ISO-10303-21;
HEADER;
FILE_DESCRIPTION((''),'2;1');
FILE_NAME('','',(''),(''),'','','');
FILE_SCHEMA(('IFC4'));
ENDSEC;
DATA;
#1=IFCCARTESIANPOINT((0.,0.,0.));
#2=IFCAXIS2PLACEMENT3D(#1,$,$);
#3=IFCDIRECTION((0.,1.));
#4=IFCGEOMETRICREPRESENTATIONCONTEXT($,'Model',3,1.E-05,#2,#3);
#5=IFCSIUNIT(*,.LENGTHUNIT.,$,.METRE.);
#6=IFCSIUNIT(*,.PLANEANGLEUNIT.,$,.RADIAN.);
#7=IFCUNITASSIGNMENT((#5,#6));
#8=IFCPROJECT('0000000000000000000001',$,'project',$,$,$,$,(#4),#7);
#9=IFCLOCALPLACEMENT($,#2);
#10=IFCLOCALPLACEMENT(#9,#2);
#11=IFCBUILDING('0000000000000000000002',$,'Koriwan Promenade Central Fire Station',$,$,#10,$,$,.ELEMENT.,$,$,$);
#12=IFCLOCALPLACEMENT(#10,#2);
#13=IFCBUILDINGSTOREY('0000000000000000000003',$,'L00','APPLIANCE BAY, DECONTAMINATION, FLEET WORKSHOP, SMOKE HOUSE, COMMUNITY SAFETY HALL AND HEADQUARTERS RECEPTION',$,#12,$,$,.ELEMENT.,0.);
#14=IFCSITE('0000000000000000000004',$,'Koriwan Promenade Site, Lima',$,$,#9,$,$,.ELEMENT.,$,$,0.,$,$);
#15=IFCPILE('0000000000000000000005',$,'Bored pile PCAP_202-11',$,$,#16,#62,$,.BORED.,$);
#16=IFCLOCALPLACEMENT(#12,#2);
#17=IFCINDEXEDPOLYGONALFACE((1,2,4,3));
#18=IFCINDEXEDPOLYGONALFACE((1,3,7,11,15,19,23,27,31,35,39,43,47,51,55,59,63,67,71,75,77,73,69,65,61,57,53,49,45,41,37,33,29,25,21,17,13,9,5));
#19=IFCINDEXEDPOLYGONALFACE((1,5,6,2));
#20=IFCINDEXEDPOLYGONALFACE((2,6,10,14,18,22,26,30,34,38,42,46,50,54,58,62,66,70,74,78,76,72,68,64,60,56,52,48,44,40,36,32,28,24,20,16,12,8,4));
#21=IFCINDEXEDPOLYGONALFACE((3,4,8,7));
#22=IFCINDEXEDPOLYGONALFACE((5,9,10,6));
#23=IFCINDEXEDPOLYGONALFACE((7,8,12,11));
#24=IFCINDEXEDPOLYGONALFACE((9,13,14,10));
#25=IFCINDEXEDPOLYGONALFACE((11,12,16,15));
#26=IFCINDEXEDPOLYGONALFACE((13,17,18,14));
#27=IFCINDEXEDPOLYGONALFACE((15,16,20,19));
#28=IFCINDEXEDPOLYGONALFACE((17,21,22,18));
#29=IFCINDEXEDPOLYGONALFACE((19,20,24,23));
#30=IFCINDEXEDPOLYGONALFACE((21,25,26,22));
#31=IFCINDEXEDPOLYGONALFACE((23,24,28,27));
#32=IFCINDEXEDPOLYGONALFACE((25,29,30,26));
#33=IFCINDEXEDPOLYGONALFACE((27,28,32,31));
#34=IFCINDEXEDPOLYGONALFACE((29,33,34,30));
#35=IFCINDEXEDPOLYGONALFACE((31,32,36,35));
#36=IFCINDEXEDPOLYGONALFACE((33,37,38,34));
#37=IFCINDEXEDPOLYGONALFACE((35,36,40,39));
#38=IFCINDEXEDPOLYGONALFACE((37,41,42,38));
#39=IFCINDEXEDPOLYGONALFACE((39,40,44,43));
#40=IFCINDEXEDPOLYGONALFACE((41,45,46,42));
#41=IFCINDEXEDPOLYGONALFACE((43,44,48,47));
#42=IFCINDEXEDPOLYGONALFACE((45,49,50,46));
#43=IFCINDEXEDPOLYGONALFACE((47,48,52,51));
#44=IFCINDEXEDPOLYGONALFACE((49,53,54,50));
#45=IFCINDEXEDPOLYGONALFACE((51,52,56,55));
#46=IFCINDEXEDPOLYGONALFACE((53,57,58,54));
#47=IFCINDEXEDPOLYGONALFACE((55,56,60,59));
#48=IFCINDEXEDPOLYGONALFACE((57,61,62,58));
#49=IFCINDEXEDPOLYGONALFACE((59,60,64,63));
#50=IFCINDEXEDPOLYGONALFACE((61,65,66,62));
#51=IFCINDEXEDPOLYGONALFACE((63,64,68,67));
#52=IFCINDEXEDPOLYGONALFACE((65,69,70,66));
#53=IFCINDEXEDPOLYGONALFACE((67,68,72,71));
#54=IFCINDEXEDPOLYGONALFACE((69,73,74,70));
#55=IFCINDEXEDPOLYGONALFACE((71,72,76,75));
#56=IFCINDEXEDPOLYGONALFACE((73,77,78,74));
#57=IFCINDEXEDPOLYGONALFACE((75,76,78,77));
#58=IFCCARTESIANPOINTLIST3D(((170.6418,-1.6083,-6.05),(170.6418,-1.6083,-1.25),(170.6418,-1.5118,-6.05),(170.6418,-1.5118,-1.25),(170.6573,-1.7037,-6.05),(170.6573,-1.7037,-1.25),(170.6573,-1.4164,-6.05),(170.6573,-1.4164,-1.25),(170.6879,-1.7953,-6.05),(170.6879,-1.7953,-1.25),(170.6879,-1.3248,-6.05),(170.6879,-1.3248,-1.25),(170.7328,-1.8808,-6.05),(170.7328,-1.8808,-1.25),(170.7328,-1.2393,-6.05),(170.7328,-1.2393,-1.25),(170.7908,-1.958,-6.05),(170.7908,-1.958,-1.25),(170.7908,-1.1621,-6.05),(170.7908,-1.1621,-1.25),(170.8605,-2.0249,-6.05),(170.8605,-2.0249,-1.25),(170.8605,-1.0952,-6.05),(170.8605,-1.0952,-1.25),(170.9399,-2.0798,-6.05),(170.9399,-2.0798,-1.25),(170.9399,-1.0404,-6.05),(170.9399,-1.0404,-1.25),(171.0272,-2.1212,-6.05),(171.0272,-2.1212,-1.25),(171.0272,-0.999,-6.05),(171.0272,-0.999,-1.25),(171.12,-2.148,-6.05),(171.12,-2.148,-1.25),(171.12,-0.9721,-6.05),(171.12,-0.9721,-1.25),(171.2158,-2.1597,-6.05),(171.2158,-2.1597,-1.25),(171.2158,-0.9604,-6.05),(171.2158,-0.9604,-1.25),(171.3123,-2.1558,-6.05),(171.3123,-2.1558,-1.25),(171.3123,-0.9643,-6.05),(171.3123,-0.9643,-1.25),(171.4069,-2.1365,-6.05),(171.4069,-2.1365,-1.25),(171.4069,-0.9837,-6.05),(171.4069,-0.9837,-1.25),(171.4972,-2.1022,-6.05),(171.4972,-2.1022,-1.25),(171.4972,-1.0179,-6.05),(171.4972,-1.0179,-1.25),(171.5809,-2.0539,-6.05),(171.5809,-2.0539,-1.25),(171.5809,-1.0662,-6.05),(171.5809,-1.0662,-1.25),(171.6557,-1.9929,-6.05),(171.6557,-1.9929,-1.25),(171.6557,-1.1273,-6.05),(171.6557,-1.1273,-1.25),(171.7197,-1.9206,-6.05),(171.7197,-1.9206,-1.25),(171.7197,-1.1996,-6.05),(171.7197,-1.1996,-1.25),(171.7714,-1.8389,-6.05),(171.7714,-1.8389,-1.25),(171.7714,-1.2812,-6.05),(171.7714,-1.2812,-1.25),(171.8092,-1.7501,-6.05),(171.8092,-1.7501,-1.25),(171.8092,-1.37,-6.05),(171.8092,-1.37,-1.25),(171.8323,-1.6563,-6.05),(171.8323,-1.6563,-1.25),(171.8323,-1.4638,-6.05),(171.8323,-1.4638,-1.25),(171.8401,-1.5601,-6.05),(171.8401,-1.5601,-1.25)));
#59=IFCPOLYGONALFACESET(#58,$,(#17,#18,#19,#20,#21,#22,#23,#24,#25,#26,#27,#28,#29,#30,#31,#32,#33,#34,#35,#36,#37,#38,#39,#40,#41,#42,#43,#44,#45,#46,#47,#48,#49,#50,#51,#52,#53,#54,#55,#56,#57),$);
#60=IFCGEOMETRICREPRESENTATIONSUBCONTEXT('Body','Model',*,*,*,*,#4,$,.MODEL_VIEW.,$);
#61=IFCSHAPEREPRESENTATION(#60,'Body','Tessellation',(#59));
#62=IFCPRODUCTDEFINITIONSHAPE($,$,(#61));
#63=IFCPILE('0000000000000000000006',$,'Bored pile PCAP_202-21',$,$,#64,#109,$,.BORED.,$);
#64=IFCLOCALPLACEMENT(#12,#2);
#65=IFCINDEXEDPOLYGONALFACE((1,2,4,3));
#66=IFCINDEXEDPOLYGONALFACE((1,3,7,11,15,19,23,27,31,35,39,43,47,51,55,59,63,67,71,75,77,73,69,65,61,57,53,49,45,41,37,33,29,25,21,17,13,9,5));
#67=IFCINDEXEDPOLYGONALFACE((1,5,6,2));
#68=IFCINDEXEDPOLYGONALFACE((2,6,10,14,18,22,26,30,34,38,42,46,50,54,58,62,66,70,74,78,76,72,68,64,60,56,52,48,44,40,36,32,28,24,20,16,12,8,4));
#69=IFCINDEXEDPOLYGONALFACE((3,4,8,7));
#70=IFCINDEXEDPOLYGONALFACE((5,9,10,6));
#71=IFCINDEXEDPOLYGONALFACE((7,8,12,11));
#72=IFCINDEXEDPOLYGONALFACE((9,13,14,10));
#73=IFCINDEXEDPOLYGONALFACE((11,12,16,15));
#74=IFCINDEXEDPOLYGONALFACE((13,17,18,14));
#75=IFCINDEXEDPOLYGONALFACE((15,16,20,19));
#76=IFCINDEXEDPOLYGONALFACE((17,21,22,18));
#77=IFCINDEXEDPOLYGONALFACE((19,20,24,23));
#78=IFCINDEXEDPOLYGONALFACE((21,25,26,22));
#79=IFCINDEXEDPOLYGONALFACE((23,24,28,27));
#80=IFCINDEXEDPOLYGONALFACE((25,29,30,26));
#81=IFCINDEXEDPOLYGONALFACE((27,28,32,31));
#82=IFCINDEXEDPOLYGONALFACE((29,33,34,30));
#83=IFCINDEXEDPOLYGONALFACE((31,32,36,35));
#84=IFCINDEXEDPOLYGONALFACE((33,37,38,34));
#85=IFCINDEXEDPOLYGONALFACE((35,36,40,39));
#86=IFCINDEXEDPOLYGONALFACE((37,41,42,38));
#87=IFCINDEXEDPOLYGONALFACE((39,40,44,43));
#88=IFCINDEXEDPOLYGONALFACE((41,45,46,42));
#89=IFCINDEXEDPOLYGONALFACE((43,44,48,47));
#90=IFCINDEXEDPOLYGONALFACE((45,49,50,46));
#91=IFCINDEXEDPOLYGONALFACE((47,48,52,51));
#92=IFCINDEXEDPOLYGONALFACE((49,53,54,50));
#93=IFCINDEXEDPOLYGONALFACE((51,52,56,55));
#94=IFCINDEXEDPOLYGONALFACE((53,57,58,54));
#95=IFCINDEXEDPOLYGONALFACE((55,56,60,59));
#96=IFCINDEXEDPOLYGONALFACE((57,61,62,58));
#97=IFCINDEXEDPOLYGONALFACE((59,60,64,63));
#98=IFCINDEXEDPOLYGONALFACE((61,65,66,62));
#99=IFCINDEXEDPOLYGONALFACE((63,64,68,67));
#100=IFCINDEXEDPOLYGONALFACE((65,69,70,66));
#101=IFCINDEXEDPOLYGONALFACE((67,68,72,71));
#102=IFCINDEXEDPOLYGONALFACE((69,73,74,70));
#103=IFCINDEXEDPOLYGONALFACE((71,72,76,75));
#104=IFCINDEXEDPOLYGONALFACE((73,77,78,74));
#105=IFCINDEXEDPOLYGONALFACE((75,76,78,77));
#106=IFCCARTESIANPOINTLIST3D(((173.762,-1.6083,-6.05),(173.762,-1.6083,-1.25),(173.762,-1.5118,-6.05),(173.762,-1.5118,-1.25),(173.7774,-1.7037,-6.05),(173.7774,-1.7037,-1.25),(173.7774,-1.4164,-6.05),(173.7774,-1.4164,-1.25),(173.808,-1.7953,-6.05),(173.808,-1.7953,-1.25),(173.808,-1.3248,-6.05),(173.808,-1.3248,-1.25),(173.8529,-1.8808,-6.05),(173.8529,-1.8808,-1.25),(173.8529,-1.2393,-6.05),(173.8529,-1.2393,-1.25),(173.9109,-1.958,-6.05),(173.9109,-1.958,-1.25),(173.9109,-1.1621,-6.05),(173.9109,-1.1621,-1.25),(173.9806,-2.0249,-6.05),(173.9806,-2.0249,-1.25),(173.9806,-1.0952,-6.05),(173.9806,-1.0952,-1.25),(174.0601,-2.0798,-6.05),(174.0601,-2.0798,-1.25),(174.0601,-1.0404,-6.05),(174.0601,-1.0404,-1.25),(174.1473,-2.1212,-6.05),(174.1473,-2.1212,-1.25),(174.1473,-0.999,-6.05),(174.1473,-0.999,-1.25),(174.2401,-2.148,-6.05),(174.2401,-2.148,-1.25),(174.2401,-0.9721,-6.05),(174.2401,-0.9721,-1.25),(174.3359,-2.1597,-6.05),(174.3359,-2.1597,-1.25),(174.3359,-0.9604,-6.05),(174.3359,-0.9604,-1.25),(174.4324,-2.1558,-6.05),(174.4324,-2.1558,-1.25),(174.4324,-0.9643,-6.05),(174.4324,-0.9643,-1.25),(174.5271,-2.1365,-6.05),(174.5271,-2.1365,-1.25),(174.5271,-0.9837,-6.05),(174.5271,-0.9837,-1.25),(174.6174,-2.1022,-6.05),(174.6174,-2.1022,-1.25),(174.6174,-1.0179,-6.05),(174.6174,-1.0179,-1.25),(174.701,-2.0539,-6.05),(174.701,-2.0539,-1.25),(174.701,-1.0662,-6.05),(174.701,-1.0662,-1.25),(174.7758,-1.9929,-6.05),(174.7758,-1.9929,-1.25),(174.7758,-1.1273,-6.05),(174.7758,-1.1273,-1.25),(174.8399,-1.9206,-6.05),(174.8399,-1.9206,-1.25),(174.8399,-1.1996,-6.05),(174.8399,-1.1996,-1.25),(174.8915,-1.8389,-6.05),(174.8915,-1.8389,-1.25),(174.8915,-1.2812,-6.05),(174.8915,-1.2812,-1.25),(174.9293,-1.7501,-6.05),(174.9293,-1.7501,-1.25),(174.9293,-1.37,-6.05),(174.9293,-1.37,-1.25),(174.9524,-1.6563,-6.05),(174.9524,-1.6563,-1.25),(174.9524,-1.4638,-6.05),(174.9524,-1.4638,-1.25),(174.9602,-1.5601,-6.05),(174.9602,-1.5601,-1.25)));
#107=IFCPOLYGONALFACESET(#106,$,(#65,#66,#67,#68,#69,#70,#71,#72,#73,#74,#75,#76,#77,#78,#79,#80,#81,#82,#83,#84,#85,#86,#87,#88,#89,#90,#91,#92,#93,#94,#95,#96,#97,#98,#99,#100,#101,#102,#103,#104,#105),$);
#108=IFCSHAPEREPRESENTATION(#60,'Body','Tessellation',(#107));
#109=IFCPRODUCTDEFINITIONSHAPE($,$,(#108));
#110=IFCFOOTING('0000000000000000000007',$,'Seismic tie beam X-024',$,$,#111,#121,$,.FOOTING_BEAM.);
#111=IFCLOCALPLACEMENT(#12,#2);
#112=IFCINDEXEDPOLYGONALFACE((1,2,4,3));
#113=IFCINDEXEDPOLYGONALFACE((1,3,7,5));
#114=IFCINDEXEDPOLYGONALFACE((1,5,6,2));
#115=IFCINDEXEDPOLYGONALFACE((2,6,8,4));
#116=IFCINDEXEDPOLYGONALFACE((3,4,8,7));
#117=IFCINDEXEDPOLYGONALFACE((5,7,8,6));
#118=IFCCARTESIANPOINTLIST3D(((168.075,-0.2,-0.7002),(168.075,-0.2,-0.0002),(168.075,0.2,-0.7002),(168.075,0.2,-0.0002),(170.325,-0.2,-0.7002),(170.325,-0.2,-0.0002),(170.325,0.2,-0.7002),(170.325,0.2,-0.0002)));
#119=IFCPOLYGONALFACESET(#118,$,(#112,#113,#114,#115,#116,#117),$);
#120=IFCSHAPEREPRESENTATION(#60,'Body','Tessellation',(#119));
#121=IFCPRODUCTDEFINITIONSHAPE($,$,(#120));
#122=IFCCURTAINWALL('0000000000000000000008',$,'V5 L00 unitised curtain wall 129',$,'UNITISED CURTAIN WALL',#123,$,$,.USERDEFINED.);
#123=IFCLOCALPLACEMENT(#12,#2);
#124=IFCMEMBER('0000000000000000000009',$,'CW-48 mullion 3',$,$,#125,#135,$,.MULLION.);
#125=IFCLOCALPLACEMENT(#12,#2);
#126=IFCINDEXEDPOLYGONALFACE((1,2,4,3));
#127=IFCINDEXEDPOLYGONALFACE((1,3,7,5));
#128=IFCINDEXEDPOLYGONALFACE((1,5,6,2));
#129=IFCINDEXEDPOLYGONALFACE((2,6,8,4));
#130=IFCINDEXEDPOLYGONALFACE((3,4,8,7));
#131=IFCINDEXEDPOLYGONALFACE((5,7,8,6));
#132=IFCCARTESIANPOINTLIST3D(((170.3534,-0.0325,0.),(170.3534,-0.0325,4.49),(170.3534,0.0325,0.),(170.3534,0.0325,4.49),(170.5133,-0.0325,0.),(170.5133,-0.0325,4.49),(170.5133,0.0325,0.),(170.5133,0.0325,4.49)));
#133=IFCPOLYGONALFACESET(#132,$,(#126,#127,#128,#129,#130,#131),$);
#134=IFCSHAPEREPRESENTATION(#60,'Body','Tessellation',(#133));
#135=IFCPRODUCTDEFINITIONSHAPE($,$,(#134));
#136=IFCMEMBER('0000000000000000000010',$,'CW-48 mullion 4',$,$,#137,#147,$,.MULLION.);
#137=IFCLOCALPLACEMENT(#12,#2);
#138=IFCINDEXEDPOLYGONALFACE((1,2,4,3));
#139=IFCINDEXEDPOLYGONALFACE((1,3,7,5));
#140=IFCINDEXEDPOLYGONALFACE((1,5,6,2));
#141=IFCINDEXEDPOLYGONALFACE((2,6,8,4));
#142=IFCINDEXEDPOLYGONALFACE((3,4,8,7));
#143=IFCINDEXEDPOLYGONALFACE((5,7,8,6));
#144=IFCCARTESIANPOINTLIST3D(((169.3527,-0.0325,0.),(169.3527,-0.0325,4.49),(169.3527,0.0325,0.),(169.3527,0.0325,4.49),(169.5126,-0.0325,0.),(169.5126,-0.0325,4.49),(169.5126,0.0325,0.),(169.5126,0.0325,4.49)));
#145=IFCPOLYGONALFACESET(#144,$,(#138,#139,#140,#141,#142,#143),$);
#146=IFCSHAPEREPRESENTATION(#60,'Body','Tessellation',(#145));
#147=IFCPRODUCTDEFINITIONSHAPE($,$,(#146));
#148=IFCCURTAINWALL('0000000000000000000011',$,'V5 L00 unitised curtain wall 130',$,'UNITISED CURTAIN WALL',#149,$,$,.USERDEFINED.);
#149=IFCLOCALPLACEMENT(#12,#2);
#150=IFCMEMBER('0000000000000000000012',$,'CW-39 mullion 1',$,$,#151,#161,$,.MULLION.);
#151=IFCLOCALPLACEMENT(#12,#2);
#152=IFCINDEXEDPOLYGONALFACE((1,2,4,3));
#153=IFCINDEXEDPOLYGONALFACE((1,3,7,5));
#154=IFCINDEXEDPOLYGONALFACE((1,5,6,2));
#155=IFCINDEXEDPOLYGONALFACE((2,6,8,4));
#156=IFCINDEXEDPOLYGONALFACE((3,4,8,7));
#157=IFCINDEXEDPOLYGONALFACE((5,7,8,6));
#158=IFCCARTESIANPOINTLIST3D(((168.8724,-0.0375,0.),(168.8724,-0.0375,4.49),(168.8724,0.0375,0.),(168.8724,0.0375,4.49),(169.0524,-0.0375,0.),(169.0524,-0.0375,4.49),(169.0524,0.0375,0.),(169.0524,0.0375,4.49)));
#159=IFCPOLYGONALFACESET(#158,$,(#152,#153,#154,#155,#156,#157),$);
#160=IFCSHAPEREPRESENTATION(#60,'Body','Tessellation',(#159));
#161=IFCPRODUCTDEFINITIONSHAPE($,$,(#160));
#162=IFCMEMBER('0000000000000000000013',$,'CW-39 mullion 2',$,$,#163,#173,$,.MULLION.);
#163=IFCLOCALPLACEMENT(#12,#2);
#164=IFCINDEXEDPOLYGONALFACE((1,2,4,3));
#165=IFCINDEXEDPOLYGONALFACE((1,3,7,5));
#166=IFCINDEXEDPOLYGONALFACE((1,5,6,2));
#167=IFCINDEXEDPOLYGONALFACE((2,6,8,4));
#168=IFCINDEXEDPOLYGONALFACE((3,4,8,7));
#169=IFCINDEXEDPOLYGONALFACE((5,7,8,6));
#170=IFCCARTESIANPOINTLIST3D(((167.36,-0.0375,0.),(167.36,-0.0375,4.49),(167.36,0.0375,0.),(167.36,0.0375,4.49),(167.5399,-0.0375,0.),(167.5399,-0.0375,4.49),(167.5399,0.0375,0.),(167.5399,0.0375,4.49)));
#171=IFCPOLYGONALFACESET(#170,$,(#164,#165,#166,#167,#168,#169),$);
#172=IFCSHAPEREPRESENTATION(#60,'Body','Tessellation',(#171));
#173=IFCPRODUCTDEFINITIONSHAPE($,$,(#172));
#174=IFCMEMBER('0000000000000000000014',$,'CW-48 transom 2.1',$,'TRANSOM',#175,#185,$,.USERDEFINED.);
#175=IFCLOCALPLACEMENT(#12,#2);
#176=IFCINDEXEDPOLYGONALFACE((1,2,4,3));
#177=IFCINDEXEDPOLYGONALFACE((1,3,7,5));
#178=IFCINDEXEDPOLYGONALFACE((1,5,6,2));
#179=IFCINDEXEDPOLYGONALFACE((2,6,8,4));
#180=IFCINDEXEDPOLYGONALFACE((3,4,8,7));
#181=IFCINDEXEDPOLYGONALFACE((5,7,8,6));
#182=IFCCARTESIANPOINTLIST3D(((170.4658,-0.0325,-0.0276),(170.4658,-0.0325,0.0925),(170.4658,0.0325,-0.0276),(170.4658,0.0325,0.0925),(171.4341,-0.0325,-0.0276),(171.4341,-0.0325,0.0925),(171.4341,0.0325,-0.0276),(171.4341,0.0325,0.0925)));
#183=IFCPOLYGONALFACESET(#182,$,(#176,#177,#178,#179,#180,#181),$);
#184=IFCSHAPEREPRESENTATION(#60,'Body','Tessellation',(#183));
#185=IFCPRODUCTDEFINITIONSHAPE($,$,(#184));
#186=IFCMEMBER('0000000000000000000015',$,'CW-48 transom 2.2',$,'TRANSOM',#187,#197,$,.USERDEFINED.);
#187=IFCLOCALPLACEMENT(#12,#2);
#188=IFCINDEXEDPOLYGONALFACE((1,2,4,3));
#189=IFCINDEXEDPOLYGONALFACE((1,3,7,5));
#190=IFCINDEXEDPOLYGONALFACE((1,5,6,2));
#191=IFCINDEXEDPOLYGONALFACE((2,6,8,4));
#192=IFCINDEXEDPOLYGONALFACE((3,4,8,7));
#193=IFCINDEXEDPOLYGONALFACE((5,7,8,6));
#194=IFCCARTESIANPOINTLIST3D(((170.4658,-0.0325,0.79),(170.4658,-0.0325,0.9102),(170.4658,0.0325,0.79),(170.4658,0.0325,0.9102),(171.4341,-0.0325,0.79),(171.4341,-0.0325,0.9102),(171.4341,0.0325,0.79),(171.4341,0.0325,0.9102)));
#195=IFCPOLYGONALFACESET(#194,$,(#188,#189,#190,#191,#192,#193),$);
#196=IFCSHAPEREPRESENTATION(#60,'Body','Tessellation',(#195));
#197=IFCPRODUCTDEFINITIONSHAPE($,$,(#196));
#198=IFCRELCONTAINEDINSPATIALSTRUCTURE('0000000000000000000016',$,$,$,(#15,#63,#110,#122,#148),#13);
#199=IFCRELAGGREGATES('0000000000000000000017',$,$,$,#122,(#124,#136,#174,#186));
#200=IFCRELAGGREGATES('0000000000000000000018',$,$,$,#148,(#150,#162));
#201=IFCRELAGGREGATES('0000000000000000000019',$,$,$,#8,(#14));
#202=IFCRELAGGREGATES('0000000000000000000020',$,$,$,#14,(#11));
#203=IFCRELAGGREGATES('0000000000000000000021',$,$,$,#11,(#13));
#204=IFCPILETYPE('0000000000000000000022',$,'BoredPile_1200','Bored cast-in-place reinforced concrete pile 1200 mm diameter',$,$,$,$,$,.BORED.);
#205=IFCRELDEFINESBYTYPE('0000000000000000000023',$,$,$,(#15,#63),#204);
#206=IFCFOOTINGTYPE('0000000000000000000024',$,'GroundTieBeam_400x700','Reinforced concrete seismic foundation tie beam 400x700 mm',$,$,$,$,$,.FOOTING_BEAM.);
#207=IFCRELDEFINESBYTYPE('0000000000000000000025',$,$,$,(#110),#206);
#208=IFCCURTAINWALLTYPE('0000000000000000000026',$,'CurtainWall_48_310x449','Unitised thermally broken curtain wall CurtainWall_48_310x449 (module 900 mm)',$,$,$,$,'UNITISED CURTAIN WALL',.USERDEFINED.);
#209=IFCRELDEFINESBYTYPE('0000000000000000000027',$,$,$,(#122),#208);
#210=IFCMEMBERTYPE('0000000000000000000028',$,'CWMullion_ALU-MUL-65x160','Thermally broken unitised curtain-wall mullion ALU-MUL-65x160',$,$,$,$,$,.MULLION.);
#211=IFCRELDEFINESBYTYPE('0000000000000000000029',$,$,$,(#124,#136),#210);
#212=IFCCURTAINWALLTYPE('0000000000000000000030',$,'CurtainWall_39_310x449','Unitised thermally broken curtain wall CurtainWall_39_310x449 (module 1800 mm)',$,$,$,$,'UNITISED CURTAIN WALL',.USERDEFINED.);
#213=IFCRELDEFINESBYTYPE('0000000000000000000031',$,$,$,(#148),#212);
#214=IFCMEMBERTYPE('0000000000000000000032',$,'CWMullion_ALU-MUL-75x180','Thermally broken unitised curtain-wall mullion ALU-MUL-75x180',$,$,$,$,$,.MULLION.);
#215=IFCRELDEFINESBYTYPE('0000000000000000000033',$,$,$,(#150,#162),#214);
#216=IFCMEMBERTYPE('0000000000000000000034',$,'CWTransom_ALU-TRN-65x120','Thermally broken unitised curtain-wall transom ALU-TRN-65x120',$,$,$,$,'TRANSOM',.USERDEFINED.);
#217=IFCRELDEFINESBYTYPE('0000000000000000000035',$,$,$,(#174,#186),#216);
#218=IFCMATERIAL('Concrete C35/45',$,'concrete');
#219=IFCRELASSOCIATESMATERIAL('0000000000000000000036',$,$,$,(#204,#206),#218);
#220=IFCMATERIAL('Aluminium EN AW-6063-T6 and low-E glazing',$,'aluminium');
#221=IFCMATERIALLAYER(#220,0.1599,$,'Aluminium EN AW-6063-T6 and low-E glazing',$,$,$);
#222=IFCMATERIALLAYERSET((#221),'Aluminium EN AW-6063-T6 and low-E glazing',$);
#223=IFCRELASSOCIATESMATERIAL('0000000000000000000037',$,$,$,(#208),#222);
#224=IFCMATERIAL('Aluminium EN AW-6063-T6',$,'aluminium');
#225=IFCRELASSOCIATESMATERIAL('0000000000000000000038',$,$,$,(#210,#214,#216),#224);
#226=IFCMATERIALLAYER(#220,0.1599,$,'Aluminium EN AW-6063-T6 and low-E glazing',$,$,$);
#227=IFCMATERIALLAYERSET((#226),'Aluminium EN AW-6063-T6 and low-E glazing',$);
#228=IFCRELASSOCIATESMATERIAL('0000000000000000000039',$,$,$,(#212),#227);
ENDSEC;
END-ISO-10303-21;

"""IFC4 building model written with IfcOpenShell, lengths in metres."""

from ifc_helpers import new_model, si_unit, direction, frame, origin, origin_2d, place, context, subcontext, project, spatial, rectangle, circle, extrude, material, layer, layer_set, material_profile, profile_set, type_object, element, aggregate, save


model = new_model("IFC4")

# Units and contexts
model_context = context("Model", 3, precision=1e-05, world=origin(), true_north=direction((0.0, 1.0)))
body_context = subcontext(model_context, "Body", "Model", "MODEL_VIEW")
ifc_project = project(units=[si_unit("LENGTHUNIT", "METRE"), si_unit("PLANEANGLEUNIT", "RADIAN")], contexts=[model_context])

# Site, building, storey
site_placement = place(None, origin())
site = spatial("IfcSite", under=ifc_project, at=site_placement, Name="Koriwan Promenade Site, Lima", CompositionType="ELEMENT", RefElevation=0.0)
building_placement = place(site_placement, origin())
building = spatial("IfcBuilding", under=site, at=building_placement, Name="Koriwan Promenade Central Fire Station", CompositionType="ELEMENT")
storey_placement = place(building_placement, origin())
storey = spatial("IfcBuildingStorey", under=building, at=storey_placement, Name="L00", Description="APPLIANCE BAY, DECONTAMINATION, FLEET WORKSHOP, SMOKE HOUSE, COMMUNITY SAFETY HALL AND HEADQUARTERS RECEPTION", CompositionType="ELEMENT", Elevation=0.0)

# Piles
ifc_material_1 = material(Name="Concrete C35/45", Category="concrete")
ifc_material_profile_1 = material_profile(ifc_material_1, circle(Radius=0.6001, at=origin_2d()), Name="PILE-D1200")
ifc_profile_set_1 = profile_set([ifc_material_profile_1], Name="Concrete C35/45")
pile_type = type_object("IfcPileType", Name="BoredPile_1200", Description="Bored cast-in-place reinforced concrete pile 1200 mm diameter", PredefinedType="BORED", material=ifc_profile_set_1)
for number, where, z_axis, x_axis, name in (
    (1, (171.24, -1.5601, -1.25), (0.0, 0.0, -1.0), (1.0, 0.0, 0.0), "Bored pile PCAP_202-11"),
    (2, (174.3601, -1.5601, -1.25), (0.0, 0.0, -1.0), (1.0, 0.0, 0.0), "Bored pile PCAP_202-21"),
):
    element("IfcPile", number, at=place(storey_placement, frame(where, z_axis=z_axis, x_axis=x_axis)), inside=storey, type_object=pile_type, Name=name, PredefinedType="BORED", context=body_context, shape_type="SweptSolid", body=[
        extrude(circle(Radius=0.6001, at=origin_2d()), origin(), (0.0, 0.0, 1.0), 4.8),
    ])

# Footing
footing_type = type_object("IfcFootingType", Name="GroundTieBeam_400x700", Description="Reinforced concrete seismic foundation tie beam 400x700 mm", PredefinedType="FOOTING_BEAM", material=ifc_material_1)
footing_placement = place(storey_placement, frame((169.2, 0.0, -0.7002), z_axis=(0.0, 0.0, 1.0), x_axis=(1.0, 0.0, 0.0)))
element("IfcFooting", 3, at=footing_placement, inside=storey, type_object=footing_type, Name="Seismic tie beam X-024", PredefinedType="FOOTING_BEAM", context=body_context, shape_type="SweptSolid", body=[
    extrude(rectangle(XDim=2.25, YDim=0.3999, at=origin_2d()), origin(), (0.0, 0.0, 1.0), 0.7),
])

# Curtain walls, members
ifc_material_2 = material(Name="Aluminium EN AW-6063-T6 and low-E glazing", Category="aluminium")
ifc_layer_1 = layer(ifc_material_2, 0.1599, Name="Aluminium EN AW-6063-T6 and low-E glazing")
ifc_layer_set_1 = layer_set([ifc_layer_1], Name="Aluminium EN AW-6063-T6 and low-E glazing")
curtain_wall_type_1 = type_object("IfcCurtainWallType", Name="CurtainWall_48_310x449", Description="Unitised thermally broken curtain wall CurtainWall_48_310x449 (module 900 mm)", ElementType="UNITISED CURTAIN WALL", PredefinedType="USERDEFINED", material=ifc_layer_set_1)
curtain_wall_1_placement = place(storey_placement, origin())
curtain_wall_1 = element("IfcCurtainWall", 4, at=curtain_wall_1_placement, inside=storey, type_object=curtain_wall_type_1, Name="V5 L00 unitised curtain wall 129", ObjectType="UNITISED CURTAIN WALL", PredefinedType="USERDEFINED")
ifc_material_3 = material(Name="Aluminium EN AW-6063-T6", Category="aluminium")
ifc_material_profile_2 = material_profile(ifc_material_3, rectangle(XDim=0.0649, YDim=0.1599, at=origin_2d()), Name="ALU-MUL-65x160")
ifc_profile_set_2 = profile_set([ifc_material_profile_2], Name="Aluminium EN AW-6063-T6")
member_type_1 = type_object("IfcMemberType", Name="CWMullion_ALU-MUL-65x160", Description="Thermally broken unitised curtain-wall mullion ALU-MUL-65x160", PredefinedType="MULLION", material=ifc_profile_set_2)
member_1_placement = place(storey_placement, frame((170.4333, 0.0, 0.0), z_axis=(0.0, 0.0, 1.0), x_axis=(0.0, -1.0, 0.0)))
member_1 = element("IfcMember", 5, at=member_1_placement, type_object=member_type_1, Name="CW-48 mullion 3", PredefinedType="MULLION", context=body_context, shape_type="SweptSolid", body=[
    extrude(rectangle(XDim=0.0649, YDim=0.1599, at=origin_2d()), origin(), (0.0, 0.0, 1.0), 4.49),
])
member_2_placement = place(storey_placement, frame((169.4326, 0.0, 0.0), z_axis=(0.0, 0.0, 1.0), x_axis=(0.0, -1.0, 0.0)))
member_2 = element("IfcMember", 6, at=member_2_placement, type_object=member_type_1, Name="CW-48 mullion 4", PredefinedType="MULLION", context=body_context, shape_type="SweptSolid", body=[
    extrude(rectangle(XDim=0.0649, YDim=0.1599, at=origin_2d()), origin(), (0.0, 0.0, 1.0), 4.49),
])
ifc_layer_2 = layer(ifc_material_2, 0.1599, Name="Aluminium EN AW-6063-T6 and low-E glazing")
ifc_layer_set_2 = layer_set([ifc_layer_2], Name="Aluminium EN AW-6063-T6 and low-E glazing")
curtain_wall_type_2 = type_object("IfcCurtainWallType", Name="CurtainWall_39_310x449", Description="Unitised thermally broken curtain wall CurtainWall_39_310x449 (module 1800 mm)", ElementType="UNITISED CURTAIN WALL", PredefinedType="USERDEFINED", material=ifc_layer_set_2)
curtain_wall_2_placement = place(storey_placement, origin())
curtain_wall_2 = element("IfcCurtainWall", 7, at=curtain_wall_2_placement, inside=storey, type_object=curtain_wall_type_2, Name="V5 L00 unitised curtain wall 130", ObjectType="UNITISED CURTAIN WALL", PredefinedType="USERDEFINED")
ifc_material_profile_3 = material_profile(ifc_material_3, rectangle(XDim=0.075, YDim=0.1799, at=origin_2d()), Name="ALU-MUL-75x180")
ifc_profile_set_3 = profile_set([ifc_material_profile_3], Name="Aluminium EN AW-6063-T6")
member_type_2 = type_object("IfcMemberType", Name="CWMullion_ALU-MUL-75x180", Description="Thermally broken unitised curtain-wall mullion ALU-MUL-75x180", PredefinedType="MULLION", material=ifc_profile_set_3)
member_3_placement = place(storey_placement, frame((168.9624, 0.0, 0.0), z_axis=(0.0, 0.0, 1.0), x_axis=(0.0, -1.0, 0.0)))
member_3 = element("IfcMember", 8, at=member_3_placement, type_object=member_type_2, Name="CW-39 mullion 1", PredefinedType="MULLION", context=body_context, shape_type="SweptSolid", body=[
    extrude(rectangle(XDim=0.075, YDim=0.1799, at=origin_2d()), origin(), (0.0, 0.0, 1.0), 4.49),
])
member_4_placement = place(storey_placement, frame((167.45, 0.0, 0.0), z_axis=(0.0, 0.0, 1.0), x_axis=(0.0, -1.0, 0.0)))
member_4 = element("IfcMember", 9, at=member_4_placement, type_object=member_type_2, Name="CW-39 mullion 2", PredefinedType="MULLION", context=body_context, shape_type="SweptSolid", body=[
    extrude(rectangle(XDim=0.075, YDim=0.1799, at=origin_2d()), origin(), (0.0, 0.0, 1.0), 4.49),
])

# Members
ifc_material_profile_4 = material_profile(ifc_material_3, rectangle(XDim=0.0649, YDim=0.1201, at=origin_2d()), Name="ALU-TRN-65x120")
ifc_profile_set_4 = profile_set([ifc_material_profile_4], Name="Aluminium EN AW-6063-T6")
member_type_3 = type_object("IfcMemberType", Name="CWTransom_ALU-TRN-65x120", Description="Thermally broken unitised curtain-wall transom ALU-TRN-65x120", ElementType="TRANSOM", PredefinedType="USERDEFINED", material=ifc_profile_set_4)
member_5_placement = place(storey_placement, frame((171.4341, 0.0, 0.0325), z_axis=(-1.0, 0.0, 0.0), x_axis=(0.0, -1.0, 0.0)))
member_5 = element("IfcMember", 10, at=member_5_placement, type_object=member_type_3, Name="CW-48 transom 2.1", ObjectType="TRANSOM", PredefinedType="USERDEFINED", context=body_context, shape_type="SweptSolid", body=[
    extrude(rectangle(XDim=0.0649, YDim=0.1201, at=origin_2d()), origin(), (0.0, 0.0, 1.0), 0.9683),
])
member_6_placement = place(storey_placement, frame((171.4341, 0.0, 0.8501), z_axis=(-1.0, 0.0, 0.0), x_axis=(0.0, -1.0, 0.0)))
member_6 = element("IfcMember", 11, at=member_6_placement, type_object=member_type_3, Name="CW-48 transom 2.2", ObjectType="TRANSOM", PredefinedType="USERDEFINED", context=body_context, shape_type="SweptSolid", body=[
    extrude(rectangle(XDim=0.0649, YDim=0.1201, at=origin_2d()), origin(), (0.0, 0.0, 1.0), 0.9683),
])

aggregate(curtain_wall_1, [member_1, member_2, member_5, member_6])
aggregate(curtain_wall_2, [member_3, member_4])

save(model, "model.ifc")
